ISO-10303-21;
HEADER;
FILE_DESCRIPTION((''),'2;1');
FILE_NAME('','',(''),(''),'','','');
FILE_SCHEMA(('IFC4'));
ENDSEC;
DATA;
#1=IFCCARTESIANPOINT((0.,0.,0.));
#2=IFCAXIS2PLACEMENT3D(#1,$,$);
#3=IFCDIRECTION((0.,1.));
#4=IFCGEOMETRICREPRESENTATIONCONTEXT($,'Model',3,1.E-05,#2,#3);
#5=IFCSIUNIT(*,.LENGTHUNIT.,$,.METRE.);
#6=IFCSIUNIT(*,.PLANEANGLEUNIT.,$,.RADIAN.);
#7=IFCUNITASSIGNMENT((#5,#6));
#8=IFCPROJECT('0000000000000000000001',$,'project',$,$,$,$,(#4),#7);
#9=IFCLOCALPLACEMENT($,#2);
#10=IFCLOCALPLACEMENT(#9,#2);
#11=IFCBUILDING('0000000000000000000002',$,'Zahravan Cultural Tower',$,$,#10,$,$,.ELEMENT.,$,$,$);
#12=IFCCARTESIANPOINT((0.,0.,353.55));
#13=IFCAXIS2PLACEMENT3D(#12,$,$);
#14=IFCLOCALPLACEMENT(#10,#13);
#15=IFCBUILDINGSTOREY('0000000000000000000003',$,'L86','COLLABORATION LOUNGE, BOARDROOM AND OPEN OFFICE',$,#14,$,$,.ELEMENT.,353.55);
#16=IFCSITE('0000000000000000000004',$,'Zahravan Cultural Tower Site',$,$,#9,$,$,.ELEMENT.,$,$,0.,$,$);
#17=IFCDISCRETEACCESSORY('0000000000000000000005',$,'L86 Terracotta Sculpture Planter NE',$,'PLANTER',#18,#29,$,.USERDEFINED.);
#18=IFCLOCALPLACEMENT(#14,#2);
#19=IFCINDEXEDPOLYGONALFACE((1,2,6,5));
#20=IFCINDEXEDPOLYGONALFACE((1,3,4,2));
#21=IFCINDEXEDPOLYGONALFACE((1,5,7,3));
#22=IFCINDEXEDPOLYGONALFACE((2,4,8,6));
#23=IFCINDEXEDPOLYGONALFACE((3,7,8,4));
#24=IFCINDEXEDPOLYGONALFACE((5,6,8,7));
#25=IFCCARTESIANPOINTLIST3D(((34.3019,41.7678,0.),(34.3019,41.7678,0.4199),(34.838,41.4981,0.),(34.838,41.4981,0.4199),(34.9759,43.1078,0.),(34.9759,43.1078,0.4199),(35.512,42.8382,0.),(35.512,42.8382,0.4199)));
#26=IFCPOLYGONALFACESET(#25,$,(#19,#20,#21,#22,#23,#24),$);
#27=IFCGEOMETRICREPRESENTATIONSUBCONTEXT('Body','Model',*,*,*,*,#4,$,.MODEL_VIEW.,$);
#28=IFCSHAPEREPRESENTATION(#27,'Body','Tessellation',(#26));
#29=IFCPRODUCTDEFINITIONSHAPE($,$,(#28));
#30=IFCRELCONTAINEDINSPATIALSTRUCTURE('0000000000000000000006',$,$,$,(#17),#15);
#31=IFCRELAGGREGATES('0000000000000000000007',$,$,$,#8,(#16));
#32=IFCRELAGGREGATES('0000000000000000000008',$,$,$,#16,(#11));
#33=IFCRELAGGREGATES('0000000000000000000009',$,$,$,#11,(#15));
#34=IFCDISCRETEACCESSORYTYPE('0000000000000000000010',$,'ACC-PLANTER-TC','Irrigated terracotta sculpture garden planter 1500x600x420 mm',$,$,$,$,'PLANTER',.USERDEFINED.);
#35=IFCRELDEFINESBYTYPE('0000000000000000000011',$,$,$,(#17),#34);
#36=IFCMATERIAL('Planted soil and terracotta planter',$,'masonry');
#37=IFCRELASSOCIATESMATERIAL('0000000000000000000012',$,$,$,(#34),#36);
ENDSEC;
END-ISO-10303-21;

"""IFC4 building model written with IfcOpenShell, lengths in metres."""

from ifc_helpers import new_model, si_unit, direction, frame, origin, origin_2d, place, context, subcontext, project, spatial, rectangle, extrude, source, transform, mapped, material, type_object, element, save


model = new_model("IFC4")

# Units and contexts
model_context = context("Model", 3, precision=1e-05, world=origin(), true_north=direction((0.0, 1.0)))
body_context = subcontext(model_context, "Body", "Model", "MODEL_VIEW")
ifc_project = project(units=[si_unit("LENGTHUNIT", "METRE"), si_unit("PLANEANGLEUNIT", "RADIAN")], contexts=[model_context])

# Site, building, storey
site_placement = place(None, origin())
site = spatial("IfcSite", under=ifc_project, at=site_placement, Name="Zahravan Cultural Tower Site", CompositionType="ELEMENT", RefElevation=0.0)
building_placement = place(site_placement, origin())
building = spatial("IfcBuilding", under=site, at=building_placement, Name="Zahravan Cultural Tower", CompositionType="ELEMENT")
storey_placement = place(building_placement, frame((0.0, 0.0, 353.55)))
storey = spatial("IfcBuildingStorey", under=building, at=storey_placement, Name="L86", Description="COLLABORATION LOUNGE, BOARDROOM AND OPEN OFFICE", CompositionType="ELEMENT", Elevation=353.55)

# Discrete accessory
ifc_material_1 = material(Name="Planted soil and terracotta planter", Category="masonry")
discrete_accessory_type = type_object("IfcDiscreteAccessoryType", Name="ACC-PLANTER-TC", Description="Irrigated terracotta sculpture garden planter 1500x600x420 mm", ElementType="PLANTER", PredefinedType="USERDEFINED", material=ifc_material_1)
shared_shape_1 = source(origin(), body_context, "Body", "SweptSolid", [
    extrude(rectangle(XDim=1.5, YDim=0.6001, at=origin_2d()), origin(), (0.0, 0.0, 1.0), 0.4199),
])
discrete_accessory_placement = place(storey_placement, frame((34.907, 42.303, 0.0), z_axis=(0.0, 0.0, 1.0), x_axis=(0.449319, 0.893371, 0.0)))
element("IfcDiscreteAccessory", 1, at=discrete_accessory_placement, inside=storey, type_object=discrete_accessory_type, Name="L86 Terracotta Sculpture Planter NE", ObjectType="PLANTER", PredefinedType="USERDEFINED", context=body_context, shape_type="MappedRepresentation", body=[
    mapped(shared_shape_1, transform((0.0, 0.0, 0.0), x_axis=(1.0, 0.0, 0.0), y_axis=(0.0, 1.0, 0.0), z_axis=(0.0, 0.0, 1.0), scale=1.0)),
])

save(model, "model.ifc")
